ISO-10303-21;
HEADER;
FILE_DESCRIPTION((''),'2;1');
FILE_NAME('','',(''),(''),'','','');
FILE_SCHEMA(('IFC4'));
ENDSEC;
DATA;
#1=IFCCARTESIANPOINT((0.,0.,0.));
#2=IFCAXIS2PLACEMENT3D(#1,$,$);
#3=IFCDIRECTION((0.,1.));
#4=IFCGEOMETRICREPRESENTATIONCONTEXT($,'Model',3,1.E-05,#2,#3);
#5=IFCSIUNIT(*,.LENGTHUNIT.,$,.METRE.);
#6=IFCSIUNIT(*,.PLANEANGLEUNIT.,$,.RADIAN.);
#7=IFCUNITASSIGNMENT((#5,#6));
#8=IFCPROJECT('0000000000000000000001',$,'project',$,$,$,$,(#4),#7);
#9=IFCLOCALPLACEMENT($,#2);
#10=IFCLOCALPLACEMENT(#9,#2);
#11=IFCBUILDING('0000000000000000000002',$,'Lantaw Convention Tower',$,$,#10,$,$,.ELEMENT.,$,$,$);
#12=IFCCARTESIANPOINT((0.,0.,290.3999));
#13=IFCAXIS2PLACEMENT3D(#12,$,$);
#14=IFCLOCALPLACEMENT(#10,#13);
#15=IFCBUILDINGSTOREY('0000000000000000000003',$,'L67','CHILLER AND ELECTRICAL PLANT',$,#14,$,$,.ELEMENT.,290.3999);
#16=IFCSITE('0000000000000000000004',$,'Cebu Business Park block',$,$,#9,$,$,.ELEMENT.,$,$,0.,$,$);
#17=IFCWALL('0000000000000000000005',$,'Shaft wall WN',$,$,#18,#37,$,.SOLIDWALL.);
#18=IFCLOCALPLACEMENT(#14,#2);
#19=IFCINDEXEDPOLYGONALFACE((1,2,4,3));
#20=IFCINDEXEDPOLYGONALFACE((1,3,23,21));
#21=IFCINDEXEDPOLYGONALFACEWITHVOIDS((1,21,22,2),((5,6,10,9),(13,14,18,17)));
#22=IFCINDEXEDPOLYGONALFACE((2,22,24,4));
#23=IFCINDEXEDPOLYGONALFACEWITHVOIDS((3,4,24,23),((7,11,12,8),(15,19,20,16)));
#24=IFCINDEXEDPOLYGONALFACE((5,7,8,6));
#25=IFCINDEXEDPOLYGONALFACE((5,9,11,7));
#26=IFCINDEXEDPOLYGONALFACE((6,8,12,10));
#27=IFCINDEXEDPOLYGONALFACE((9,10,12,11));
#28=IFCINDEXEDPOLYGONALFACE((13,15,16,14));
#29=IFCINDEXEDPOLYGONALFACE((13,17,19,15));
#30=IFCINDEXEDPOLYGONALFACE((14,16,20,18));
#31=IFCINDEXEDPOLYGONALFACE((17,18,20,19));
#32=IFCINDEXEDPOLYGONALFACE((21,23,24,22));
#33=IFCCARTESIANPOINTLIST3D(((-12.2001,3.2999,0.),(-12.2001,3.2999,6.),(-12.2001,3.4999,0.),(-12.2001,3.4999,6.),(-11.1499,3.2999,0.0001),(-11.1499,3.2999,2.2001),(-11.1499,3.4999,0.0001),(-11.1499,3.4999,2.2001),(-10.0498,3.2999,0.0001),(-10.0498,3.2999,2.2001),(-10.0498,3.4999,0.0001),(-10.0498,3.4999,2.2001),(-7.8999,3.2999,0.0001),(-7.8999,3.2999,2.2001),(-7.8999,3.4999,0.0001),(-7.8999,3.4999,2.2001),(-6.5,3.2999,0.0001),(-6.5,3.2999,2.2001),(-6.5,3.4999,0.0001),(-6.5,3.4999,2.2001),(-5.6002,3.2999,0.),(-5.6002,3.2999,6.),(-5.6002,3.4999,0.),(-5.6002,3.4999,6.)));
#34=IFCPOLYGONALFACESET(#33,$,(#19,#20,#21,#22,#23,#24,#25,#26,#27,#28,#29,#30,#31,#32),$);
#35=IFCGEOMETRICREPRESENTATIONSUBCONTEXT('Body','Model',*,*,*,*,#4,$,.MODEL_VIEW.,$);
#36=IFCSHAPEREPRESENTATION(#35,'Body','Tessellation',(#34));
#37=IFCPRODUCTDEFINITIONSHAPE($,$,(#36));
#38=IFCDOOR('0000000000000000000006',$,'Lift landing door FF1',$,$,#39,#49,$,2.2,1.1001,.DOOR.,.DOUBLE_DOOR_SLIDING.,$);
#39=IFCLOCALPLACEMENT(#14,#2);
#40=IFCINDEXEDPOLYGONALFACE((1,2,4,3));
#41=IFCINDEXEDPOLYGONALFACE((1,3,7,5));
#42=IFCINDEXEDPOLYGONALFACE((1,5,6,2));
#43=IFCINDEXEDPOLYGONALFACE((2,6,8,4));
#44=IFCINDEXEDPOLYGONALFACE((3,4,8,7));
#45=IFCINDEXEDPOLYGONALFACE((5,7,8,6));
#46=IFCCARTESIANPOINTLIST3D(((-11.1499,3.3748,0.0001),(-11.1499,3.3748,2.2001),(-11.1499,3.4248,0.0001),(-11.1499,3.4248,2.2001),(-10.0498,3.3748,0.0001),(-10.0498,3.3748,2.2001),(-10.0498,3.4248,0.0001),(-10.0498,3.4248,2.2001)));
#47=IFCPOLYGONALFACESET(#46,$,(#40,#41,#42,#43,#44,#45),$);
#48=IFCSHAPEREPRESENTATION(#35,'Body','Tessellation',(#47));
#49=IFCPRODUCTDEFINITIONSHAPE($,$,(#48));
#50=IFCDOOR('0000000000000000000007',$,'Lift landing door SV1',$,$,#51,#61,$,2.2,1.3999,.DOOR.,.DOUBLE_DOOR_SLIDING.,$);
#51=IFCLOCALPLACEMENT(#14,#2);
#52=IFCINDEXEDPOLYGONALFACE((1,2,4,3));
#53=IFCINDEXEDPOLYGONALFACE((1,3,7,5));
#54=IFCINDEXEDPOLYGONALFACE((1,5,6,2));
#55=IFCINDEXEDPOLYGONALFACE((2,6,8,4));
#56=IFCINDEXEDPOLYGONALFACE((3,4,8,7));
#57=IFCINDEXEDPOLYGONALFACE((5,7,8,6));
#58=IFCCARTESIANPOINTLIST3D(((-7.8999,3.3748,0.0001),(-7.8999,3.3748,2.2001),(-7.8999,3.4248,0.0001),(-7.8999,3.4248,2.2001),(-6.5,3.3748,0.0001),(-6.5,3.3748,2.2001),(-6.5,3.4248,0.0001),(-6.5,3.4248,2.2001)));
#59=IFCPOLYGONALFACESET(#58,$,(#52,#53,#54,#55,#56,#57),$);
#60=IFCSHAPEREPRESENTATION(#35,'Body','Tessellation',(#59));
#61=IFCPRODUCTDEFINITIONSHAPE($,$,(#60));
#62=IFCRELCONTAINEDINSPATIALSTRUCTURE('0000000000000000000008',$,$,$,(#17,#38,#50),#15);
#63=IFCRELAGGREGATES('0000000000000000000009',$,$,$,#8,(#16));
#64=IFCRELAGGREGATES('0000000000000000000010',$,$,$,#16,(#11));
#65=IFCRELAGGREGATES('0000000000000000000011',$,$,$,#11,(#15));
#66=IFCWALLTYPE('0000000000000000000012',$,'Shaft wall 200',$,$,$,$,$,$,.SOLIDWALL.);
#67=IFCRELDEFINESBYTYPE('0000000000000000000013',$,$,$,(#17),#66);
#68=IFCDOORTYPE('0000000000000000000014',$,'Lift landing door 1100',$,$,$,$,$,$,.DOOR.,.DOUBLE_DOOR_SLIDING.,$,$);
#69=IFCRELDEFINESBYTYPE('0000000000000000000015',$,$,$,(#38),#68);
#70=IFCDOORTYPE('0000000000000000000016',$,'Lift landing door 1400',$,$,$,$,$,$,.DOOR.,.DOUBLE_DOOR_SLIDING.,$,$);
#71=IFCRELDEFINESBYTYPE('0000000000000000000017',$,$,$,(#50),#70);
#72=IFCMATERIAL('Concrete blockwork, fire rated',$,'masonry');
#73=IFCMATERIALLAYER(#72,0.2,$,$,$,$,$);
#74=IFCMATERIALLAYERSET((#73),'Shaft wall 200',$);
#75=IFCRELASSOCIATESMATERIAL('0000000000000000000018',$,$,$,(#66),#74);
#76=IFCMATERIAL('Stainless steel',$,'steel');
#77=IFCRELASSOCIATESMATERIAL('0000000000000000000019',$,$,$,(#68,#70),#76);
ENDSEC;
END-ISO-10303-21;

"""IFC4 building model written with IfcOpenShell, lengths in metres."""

from ifc_helpers import new_model, si_unit, direction, frame, frame_2d, origin, place, context, subcontext, project, spatial, rectangle, extrude, material, layer, layer_set, type_object, element, fill, save


model = new_model("IFC4")

# Units and contexts
model_context = context("Model", 3, precision=1e-05, world=origin(), true_north=direction((0.0, 1.0)))
body_context = subcontext(model_context, "Body", "Model", "MODEL_VIEW")
ifc_project = project(units=[si_unit("LENGTHUNIT", "METRE"), si_unit("PLANEANGLEUNIT", "RADIAN")], contexts=[model_context])

# Site, building, storey
site_placement = place(None, origin())
site = spatial("IfcSite", under=ifc_project, at=site_placement, Name="Cebu Business Park block", CompositionType="ELEMENT", RefElevation=0.0)
building_placement = place(site_placement, origin())
building = spatial("IfcBuilding", under=site, at=building_placement, Name="Lantaw Convention Tower", CompositionType="ELEMENT")
storey_placement = place(building_placement, frame((0.0, 0.0, 290.3999)))
storey = spatial("IfcBuildingStorey", under=building, at=storey_placement, Name="L67", Description="CHILLER AND ELECTRICAL PLANT", CompositionType="ELEMENT", Elevation=290.3999)

# Shared definitions
ifc_material_1 = material(Name="Concrete blockwork, fire rated", Category="masonry")

# Wall, openings, doors
ifc_layer_1 = layer(ifc_material_1, 0.2)
ifc_layer_set_1 = layer_set([ifc_layer_1], Name="Shaft wall 200")
wall_type_1 = type_object("IfcWallType", Name="Shaft wall 200", PredefinedType="SOLIDWALL", material=ifc_layer_set_1)
wall_1_placement = place(storey_placement, frame((-12.2, 3.3999, 0.0), z_axis=(0.0, 0.0, 1.0), x_axis=(1.0, 0.0, 0.0)))
wall_1 = element("IfcWall", 1, at=wall_1_placement, inside=storey, type_object=wall_type_1, Name="Shaft wall WN", PredefinedType="SOLIDWALL", context=body_context, shape_type="SweptSolid", body=[
    extrude(rectangle(XDim=6.5999, YDim=0.2, at=frame_2d((3.2998, 0.0))), origin(), (0.0, 0.0, 1.0), 6.0),
])
opening_1_placement = place(wall_1_placement, frame((1.05, 0.0, 0.0)))
opening_1 = element("IfcOpeningElement", 2, at=opening_1_placement, cuts=wall_1, PredefinedType="OPENING", context=body_context, shape_type="SweptSolid", body=[
    extrude(rectangle(XDim=1.1001, YDim=2.2, at=frame_2d((0.55, 1.1001))), frame((0.0, 0.1099, 0.0), z_axis=(0.0, -1.0, 0.0), x_axis=(1.0, 0.0, 0.0)), (0.0, 0.0, 1.0), 0.22),
])
opening_2_placement = place(wall_1_placement, frame((4.3, 0.0, 0.0)))
opening_2 = element("IfcOpeningElement", 3, at=opening_2_placement, cuts=wall_1, PredefinedType="OPENING", context=body_context, shape_type="SweptSolid", body=[
    extrude(rectangle(XDim=1.3999, YDim=2.2, at=frame_2d((0.7, 1.1001))), frame((0.0, 0.1099, 0.0), z_axis=(0.0, -1.0, 0.0), x_axis=(1.0, 0.0, 0.0)), (0.0, 0.0, 1.0), 0.22),
])
ifc_material_2 = material(Name="Stainless steel", Category="steel")
door_type_1 = type_object("IfcDoorType", Name="Lift landing door 1100", OperationType="DOUBLE_DOOR_SLIDING", PredefinedType="DOOR", material=ifc_material_2)
door_1_placement = place(opening_1_placement, origin())
door_1 = element("IfcDoor", 4, at=door_1_placement, inside=storey, type_object=door_type_1, Name="Lift landing door FF1", OperationType="DOUBLE_DOOR_SLIDING", OverallHeight=2.2, OverallWidth=1.1001, PredefinedType="DOOR", context=body_context, shape_type="SweptSolid", body=[
    extrude(rectangle(XDim=1.1001, YDim=2.2, at=frame_2d((0.55, 1.1001))), frame((0.0, 0.0249, 0.0), z_axis=(0.0, -1.0, 0.0), x_axis=(1.0, 0.0, 0.0)), (0.0, 0.0, 1.0), 0.05),
])
fill(opening_1, door_1)
door_type_2 = type_object("IfcDoorType", Name="Lift landing door 1400", OperationType="DOUBLE_DOOR_SLIDING", PredefinedType="DOOR", material=ifc_material_2)
door_2_placement = place(opening_2_placement, origin())
door_2 = element("IfcDoor", 5, at=door_2_placement, inside=storey, type_object=door_type_2, Name="Lift landing door SV1", OperationType="DOUBLE_DOOR_SLIDING", OverallHeight=2.2, OverallWidth=1.3999, PredefinedType="DOOR", context=body_context, shape_type="SweptSolid", body=[
    extrude(rectangle(XDim=1.3999, YDim=2.2, at=frame_2d((0.7, 1.1001))), frame((0.0, 0.0249, 0.0), z_axis=(0.0, -1.0, 0.0), x_axis=(1.0, 0.0, 0.0)), (0.0, 0.0, 1.0), 0.05),
])
fill(opening_2, door_2)

save(model, "model.ifc")
